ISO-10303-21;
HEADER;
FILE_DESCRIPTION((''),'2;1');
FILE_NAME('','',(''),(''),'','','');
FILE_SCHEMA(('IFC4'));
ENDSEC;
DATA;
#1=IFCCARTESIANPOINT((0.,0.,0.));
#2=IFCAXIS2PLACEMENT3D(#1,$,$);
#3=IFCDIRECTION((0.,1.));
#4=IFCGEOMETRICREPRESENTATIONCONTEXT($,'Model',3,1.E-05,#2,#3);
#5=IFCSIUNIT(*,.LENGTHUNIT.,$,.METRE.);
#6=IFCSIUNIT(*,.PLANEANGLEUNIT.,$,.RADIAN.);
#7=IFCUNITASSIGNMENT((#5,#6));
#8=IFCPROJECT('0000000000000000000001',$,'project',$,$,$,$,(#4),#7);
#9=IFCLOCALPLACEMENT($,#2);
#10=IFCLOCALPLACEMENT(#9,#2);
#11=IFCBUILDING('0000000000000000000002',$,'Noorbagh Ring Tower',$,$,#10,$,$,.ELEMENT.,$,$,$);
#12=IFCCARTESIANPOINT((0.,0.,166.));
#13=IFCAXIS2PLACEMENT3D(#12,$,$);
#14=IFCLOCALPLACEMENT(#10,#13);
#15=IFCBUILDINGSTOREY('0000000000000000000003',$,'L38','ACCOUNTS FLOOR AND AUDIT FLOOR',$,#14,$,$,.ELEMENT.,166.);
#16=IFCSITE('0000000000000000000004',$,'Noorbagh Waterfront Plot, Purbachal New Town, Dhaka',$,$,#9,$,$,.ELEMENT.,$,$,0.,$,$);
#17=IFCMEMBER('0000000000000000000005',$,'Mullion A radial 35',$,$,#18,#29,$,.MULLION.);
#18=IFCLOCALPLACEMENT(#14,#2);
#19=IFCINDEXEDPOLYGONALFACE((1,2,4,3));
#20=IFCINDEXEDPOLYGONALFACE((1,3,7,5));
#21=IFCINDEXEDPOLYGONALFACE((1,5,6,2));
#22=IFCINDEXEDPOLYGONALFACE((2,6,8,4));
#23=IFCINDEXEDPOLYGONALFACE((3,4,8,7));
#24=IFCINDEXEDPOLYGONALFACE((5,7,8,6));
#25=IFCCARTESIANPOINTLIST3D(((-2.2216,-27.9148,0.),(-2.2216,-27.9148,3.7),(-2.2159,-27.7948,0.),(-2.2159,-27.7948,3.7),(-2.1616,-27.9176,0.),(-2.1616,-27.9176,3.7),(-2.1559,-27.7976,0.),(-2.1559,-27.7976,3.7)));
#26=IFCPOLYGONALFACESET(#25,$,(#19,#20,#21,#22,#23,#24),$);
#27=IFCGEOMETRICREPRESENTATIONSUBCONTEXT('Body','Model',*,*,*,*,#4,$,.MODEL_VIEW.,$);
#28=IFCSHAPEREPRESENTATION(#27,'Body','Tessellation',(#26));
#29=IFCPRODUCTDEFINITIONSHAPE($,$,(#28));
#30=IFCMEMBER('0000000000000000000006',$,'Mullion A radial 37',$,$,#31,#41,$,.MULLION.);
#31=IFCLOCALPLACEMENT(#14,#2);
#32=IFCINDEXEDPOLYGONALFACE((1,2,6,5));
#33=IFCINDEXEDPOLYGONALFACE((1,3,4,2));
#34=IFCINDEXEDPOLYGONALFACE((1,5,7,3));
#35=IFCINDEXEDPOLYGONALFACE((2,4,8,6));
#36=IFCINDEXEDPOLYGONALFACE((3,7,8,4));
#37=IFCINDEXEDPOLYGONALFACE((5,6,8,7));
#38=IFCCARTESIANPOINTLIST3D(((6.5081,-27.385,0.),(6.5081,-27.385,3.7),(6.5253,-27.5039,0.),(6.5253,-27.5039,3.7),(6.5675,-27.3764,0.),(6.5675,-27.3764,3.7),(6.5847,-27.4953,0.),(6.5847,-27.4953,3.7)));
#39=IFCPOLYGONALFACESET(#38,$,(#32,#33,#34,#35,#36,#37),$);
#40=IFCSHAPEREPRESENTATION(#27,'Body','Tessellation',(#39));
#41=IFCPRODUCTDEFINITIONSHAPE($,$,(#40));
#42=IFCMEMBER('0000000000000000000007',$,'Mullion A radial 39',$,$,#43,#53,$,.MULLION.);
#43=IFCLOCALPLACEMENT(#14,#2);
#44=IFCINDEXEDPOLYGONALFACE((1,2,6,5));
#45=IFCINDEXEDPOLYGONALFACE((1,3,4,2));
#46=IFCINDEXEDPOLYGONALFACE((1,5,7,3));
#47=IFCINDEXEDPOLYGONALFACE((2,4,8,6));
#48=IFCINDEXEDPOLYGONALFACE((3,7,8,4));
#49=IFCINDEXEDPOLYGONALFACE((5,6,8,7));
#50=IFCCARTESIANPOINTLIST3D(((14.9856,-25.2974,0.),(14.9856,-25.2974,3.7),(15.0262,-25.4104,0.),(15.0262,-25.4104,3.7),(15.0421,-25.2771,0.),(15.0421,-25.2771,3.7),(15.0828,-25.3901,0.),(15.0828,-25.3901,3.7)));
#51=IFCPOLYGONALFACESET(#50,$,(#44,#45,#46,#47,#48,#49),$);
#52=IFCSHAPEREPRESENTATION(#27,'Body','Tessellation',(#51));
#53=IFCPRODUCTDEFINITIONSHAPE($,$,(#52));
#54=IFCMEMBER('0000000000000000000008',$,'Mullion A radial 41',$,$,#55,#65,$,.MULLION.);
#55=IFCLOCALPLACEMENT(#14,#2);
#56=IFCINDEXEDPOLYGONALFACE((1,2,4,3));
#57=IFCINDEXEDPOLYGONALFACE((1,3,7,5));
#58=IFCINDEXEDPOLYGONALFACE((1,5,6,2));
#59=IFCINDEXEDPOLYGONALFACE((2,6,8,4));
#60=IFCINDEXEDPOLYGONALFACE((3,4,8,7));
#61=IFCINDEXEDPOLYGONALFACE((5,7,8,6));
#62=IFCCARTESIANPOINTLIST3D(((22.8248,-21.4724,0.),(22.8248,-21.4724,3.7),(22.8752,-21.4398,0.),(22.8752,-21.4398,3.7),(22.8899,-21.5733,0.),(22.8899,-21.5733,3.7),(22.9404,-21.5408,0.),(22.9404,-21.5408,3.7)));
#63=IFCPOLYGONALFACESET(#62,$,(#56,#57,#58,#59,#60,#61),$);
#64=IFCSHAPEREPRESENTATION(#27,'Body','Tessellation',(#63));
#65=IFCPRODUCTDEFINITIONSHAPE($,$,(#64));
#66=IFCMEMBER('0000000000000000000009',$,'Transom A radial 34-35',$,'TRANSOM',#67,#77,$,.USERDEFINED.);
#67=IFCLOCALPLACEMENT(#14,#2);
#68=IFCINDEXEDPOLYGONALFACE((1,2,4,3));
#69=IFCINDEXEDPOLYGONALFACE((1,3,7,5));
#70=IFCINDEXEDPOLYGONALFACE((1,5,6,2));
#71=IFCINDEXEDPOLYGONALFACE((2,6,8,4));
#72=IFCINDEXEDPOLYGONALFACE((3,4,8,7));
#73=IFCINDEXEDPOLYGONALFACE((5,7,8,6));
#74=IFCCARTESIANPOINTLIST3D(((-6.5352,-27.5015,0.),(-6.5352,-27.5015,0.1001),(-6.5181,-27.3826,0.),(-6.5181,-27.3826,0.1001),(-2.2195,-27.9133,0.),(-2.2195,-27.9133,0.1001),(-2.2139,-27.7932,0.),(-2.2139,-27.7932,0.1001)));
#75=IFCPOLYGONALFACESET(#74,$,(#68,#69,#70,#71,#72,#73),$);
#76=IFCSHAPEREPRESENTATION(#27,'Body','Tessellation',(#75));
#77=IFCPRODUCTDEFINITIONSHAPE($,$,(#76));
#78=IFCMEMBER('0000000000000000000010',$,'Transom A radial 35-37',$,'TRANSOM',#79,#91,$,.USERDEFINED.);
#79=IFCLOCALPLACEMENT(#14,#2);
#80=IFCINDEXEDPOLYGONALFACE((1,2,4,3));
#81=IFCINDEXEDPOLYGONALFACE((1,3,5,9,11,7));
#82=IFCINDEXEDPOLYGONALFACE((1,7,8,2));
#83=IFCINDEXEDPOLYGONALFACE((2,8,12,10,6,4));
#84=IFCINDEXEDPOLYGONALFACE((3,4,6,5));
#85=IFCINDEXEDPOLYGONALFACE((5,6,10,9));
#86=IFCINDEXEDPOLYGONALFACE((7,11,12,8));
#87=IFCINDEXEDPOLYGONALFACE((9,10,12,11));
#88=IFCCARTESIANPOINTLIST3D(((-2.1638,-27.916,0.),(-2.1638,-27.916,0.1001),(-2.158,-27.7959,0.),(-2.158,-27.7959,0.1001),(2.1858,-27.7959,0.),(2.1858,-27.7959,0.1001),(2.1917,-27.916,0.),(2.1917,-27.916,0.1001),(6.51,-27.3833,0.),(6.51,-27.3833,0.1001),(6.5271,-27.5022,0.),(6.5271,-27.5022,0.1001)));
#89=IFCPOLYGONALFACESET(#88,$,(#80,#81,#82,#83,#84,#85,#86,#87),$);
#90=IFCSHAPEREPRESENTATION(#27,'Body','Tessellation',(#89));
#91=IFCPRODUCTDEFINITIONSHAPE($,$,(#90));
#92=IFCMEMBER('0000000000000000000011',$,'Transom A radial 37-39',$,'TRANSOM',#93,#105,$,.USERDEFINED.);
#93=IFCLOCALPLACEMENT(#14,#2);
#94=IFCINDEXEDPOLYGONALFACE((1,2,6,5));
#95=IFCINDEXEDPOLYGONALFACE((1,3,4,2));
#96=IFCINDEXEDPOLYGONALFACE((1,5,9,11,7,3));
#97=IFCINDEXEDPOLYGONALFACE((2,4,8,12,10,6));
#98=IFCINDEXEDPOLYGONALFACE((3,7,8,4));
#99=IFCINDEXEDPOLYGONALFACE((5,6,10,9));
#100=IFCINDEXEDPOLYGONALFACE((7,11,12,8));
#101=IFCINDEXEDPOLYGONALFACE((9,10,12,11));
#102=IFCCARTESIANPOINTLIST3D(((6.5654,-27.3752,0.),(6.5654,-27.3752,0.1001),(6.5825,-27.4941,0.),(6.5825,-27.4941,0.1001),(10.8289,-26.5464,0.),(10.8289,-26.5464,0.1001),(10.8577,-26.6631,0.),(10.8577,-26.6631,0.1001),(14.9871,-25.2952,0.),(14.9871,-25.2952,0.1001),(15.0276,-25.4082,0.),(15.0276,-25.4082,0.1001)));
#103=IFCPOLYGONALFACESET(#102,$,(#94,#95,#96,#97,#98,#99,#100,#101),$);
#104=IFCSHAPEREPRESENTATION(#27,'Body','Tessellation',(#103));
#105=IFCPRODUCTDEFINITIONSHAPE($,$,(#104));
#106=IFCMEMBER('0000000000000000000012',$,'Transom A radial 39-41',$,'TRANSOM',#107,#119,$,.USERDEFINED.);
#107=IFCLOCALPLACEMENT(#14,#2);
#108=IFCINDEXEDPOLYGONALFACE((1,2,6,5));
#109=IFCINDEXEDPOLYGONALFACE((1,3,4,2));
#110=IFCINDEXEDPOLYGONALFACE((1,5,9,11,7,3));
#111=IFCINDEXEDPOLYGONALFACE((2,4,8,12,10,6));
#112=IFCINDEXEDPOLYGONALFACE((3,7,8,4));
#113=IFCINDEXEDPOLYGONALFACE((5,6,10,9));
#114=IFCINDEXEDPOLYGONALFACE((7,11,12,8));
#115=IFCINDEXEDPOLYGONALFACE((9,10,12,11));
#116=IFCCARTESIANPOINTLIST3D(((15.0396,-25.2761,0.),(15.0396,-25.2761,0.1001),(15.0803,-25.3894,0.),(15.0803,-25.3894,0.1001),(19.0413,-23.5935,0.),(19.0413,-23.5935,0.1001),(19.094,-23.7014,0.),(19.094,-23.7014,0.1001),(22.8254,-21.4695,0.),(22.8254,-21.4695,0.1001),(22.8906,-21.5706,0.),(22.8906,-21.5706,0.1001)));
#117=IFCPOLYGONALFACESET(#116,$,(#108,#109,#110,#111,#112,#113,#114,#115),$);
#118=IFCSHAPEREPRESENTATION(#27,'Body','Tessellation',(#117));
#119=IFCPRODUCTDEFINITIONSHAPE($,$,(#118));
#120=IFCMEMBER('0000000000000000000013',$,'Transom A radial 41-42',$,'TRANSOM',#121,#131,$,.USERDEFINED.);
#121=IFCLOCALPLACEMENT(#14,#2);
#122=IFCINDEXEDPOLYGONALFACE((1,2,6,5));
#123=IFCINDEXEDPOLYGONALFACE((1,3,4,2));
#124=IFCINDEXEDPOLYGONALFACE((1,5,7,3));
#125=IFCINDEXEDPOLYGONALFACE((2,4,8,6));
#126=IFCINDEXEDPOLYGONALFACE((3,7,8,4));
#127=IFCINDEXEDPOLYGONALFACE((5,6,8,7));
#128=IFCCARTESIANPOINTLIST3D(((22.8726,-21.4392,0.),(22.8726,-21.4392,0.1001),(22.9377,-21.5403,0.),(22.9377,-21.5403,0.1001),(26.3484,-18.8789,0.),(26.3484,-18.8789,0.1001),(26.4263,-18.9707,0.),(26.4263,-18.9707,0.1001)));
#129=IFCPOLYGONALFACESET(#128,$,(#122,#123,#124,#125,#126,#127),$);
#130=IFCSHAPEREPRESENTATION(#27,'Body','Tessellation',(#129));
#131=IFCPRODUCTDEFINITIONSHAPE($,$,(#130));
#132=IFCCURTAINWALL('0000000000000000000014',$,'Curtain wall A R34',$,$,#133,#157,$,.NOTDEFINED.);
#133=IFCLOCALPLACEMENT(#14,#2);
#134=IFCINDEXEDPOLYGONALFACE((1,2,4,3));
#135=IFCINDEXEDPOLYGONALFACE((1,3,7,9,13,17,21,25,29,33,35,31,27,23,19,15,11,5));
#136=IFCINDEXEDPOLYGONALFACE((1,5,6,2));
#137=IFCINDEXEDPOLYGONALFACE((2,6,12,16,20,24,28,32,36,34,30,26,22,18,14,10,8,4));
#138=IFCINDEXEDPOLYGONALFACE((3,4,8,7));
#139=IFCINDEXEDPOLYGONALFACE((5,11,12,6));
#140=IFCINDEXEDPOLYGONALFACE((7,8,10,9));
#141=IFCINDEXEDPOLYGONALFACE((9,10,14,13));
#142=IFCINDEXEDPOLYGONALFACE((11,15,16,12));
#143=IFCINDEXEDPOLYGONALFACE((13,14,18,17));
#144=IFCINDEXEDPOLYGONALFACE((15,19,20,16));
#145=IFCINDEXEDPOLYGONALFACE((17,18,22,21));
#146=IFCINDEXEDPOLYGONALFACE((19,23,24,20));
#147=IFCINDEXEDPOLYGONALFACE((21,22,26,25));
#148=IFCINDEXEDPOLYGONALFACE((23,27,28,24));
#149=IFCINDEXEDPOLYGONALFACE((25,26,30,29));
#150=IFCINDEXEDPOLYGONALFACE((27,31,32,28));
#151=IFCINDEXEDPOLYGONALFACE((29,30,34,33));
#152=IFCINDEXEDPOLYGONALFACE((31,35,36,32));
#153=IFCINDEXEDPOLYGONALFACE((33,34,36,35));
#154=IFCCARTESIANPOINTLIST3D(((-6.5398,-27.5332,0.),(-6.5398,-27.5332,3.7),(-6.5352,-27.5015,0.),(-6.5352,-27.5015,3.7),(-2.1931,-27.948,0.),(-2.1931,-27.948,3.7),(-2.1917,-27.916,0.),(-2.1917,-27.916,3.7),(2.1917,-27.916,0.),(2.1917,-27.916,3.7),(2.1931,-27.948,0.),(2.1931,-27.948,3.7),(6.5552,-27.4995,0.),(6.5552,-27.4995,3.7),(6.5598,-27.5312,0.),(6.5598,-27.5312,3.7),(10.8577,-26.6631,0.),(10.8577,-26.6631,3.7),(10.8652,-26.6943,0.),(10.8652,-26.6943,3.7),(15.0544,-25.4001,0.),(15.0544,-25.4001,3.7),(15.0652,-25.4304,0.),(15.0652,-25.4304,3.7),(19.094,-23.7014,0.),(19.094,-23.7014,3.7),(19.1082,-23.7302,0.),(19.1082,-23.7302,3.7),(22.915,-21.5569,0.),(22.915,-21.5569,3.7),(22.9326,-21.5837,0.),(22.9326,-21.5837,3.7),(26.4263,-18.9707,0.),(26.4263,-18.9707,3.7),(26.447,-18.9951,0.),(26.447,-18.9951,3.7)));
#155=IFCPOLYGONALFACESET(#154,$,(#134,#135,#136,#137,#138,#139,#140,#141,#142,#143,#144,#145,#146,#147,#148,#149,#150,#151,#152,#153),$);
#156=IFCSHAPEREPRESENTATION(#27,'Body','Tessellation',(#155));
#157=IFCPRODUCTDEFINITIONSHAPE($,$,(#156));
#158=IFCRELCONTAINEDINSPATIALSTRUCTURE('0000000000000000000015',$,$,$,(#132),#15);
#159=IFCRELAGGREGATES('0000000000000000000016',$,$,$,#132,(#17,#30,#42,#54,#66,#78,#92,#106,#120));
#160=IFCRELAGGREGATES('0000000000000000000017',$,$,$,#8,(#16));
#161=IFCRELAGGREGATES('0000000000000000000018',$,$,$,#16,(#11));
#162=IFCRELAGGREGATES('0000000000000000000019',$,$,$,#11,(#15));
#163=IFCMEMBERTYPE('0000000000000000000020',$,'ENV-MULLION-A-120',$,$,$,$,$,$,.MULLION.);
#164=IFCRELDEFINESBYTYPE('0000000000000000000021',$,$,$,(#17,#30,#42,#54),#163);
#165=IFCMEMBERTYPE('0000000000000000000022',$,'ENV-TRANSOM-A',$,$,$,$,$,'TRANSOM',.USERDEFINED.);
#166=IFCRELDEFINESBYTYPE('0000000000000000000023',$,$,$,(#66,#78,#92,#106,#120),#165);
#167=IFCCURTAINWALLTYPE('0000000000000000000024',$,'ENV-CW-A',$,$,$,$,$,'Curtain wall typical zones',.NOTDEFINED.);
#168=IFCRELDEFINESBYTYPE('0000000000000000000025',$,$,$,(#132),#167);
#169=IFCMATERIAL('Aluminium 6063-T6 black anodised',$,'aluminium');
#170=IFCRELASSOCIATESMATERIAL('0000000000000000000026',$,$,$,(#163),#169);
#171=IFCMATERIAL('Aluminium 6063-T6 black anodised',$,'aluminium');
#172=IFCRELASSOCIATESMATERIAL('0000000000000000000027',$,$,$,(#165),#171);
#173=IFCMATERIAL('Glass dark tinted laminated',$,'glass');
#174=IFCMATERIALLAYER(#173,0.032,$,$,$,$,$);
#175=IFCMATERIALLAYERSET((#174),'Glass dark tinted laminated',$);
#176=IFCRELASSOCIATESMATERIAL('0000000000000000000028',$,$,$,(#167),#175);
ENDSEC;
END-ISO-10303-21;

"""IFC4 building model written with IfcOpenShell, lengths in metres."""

from ifc_helpers import new_model, si_unit, direction, frame, origin, origin_2d, place, context, subcontext, project, spatial, polyline, rectangle, outline, extrude, material, layer, layer_set, material_profile, profile_set, type_object, element, aggregate, save


model = new_model("IFC4")

# Units and contexts
model_context = context("Model", 3, precision=1e-05, world=origin(), true_north=direction((0.0, 1.0)))
body_context = subcontext(model_context, "Body", "Model", "MODEL_VIEW")
ifc_project = project(units=[si_unit("LENGTHUNIT", "METRE"), si_unit("PLANEANGLEUNIT", "RADIAN")], contexts=[model_context])

# Members
ifc_material_1 = material(Name="Aluminium 6063-T6 black anodised", Category="aluminium")
ifc_material_profile = material_profile(ifc_material_1, rectangle(XDim=0.1201, YDim=0.0601, at=origin_2d()), Name="120x60")
ifc_profile_set = profile_set([ifc_material_profile], Name="Aluminium 6063-T6 black anodised")
member_type_1 = type_object("IfcMemberType", Name="ENV-MULLION-A-120", PredefinedType="MULLION", material=ifc_profile_set)
site_placement = place(None, origin())
building_placement = place(site_placement, origin())
storey_placement = place(building_placement, frame((0.0, 0.0, 166.0)))
member_1_placement = place(storey_placement, frame((-2.1887, -27.8562, 0.0), z_axis=(0.0, 0.0, 1.0), x_axis=(0.047558, 0.998868, 0.0)))
member_1 = element("IfcMember", 1, at=member_1_placement, type_object=member_type_1, Name="Mullion A radial 35", PredefinedType="MULLION", context=body_context, shape_type="SweptSolid", body=[
    extrude(rectangle(XDim=0.1201, YDim=0.0601, at=origin_2d()), origin(), (0.0, 0.0, 1.0), 3.7),
])
member_2_placement = place(storey_placement, frame((6.5464, -27.4402, 0.0), z_axis=(0.0, 0.0, 1.0), x_axis=(-0.143082, 0.989711, 0.0)))
member_2 = element("IfcMember", 2, at=member_2_placement, type_object=member_type_1, Name="Mullion A radial 37", PredefinedType="MULLION", context=body_context, shape_type="SweptSolid", body=[
    extrude(rectangle(XDim=0.1201, YDim=0.0601, at=origin_2d()), origin(), (0.0, 0.0, 1.0), 3.7),
])
member_3_placement = place(storey_placement, frame((15.0342, -25.3438, 0.0), z_axis=(0.0, 0.0, 1.0), x_axis=(-0.338379, 0.94101, 0.0)))
member_3 = element("IfcMember", 3, at=member_3_placement, type_object=member_type_1, Name="Mullion A radial 39", PredefinedType="MULLION", context=body_context, shape_type="SweptSolid", body=[
    extrude(rectangle(XDim=0.1201, YDim=0.0601, at=origin_2d()), origin(), (0.0, 0.0, 1.0), 3.7),
])
member_4_placement = place(storey_placement, frame((22.8826, -21.5066, 0.0), z_axis=(0.0, 0.0, 1.0), x_axis=(-0.542279, 0.840198, 0.0)))
member_4 = element("IfcMember", 4, at=member_4_placement, type_object=member_type_1, Name="Mullion A radial 41", PredefinedType="MULLION", context=body_context, shape_type="SweptSolid", body=[
    extrude(rectangle(XDim=0.1201, YDim=0.0601, at=origin_2d()), origin(), (0.0, 0.0, 1.0), 3.7),
])
ifc_material_2 = material(Name="Aluminium 6063-T6 black anodised", Category="aluminium")
member_type_2 = type_object("IfcMemberType", Name="ENV-TRANSOM-A", ElementType="TRANSOM", PredefinedType="USERDEFINED", material=ifc_material_2)
member_5_placement = place(storey_placement, origin())
member_5 = element("IfcMember", 5, at=member_5_placement, type_object=member_type_2, Name="Transom A radial 34-35", ObjectType="TRANSOM", PredefinedType="USERDEFINED", context=body_context, shape_type="SweptSolid", body=[
    extrude(outline(polyline([(-6.5352, -27.5015), (-2.2195, -27.9133), (-2.2139, -27.7932), (-6.5181, -27.3826), (-6.5352, -27.5015)])), origin(), (0.0, 0.0, 1.0), 0.1001),
])
member_6_placement = place(storey_placement, origin())
member_6 = element("IfcMember", 6, at=member_6_placement, type_object=member_type_2, Name="Transom A radial 35-37", ObjectType="TRANSOM", PredefinedType="USERDEFINED", context=body_context, shape_type="SweptSolid", body=[
    extrude(outline(polyline([(-2.1638, -27.916), (2.1917, -27.916), (6.5271, -27.5022), (6.51, -27.3833), (2.1858, -27.7959), (-2.158, -27.7959), (-2.1638, -27.916)])), origin(), (0.0, 0.0, 1.0), 0.1001),
])
member_7_placement = place(storey_placement, origin())
member_7 = element("IfcMember", 7, at=member_7_placement, type_object=member_type_2, Name="Transom A radial 37-39", ObjectType="TRANSOM", PredefinedType="USERDEFINED", context=body_context, shape_type="SweptSolid", body=[
    extrude(outline(polyline([(6.5825, -27.4941), (10.8577, -26.6631), (15.0276, -25.4082), (14.9871, -25.2952), (10.8289, -26.5464), (6.5654, -27.3752), (6.5825, -27.4941)])), origin(), (0.0, 0.0, 1.0), 0.1001),
])
member_8_placement = place(storey_placement, origin())
member_8 = element("IfcMember", 8, at=member_8_placement, type_object=member_type_2, Name="Transom A radial 39-41", ObjectType="TRANSOM", PredefinedType="USERDEFINED", context=body_context, shape_type="SweptSolid", body=[
    extrude(outline(polyline([(15.0803, -25.3894), (19.094, -23.7014), (22.8906, -21.5706), (22.8254, -21.4695), (19.0413, -23.5935), (15.0396, -25.2761), (15.0803, -25.3894)])), origin(), (0.0, 0.0, 1.0), 0.1001),
])
member_9_placement = place(storey_placement, origin())
member_9 = element("IfcMember", 9, at=member_9_placement, type_object=member_type_2, Name="Transom A radial 41-42", ObjectType="TRANSOM", PredefinedType="USERDEFINED", context=body_context, shape_type="SweptSolid", body=[
    extrude(outline(polyline([(22.9377, -21.5403), (26.4263, -18.9707), (26.3484, -18.8789), (22.8726, -21.4392), (22.9377, -21.5403)])), origin(), (0.0, 0.0, 1.0), 0.1001),
])

# Site, building, storey
site = spatial("IfcSite", under=ifc_project, at=site_placement, Name="Noorbagh Waterfront Plot, Purbachal New Town, Dhaka", CompositionType="ELEMENT", RefElevation=0.0)
building = spatial("IfcBuilding", under=site, at=building_placement, Name="Noorbagh Ring Tower", CompositionType="ELEMENT")
storey = spatial("IfcBuildingStorey", under=building, at=storey_placement, Name="L38", Description="ACCOUNTS FLOOR AND AUDIT FLOOR", CompositionType="ELEMENT", Elevation=166.0)

# Curtain wall
ifc_material_3 = material(Name="Glass dark tinted laminated", Category="glass")
ifc_layer = layer(ifc_material_3, 0.032)
ifc_layer_set = layer_set([ifc_layer], Name="Glass dark tinted laminated")
curtain_wall_type = type_object("IfcCurtainWallType", Name="ENV-CW-A", ElementType="Curtain wall typical zones", PredefinedType="NOTDEFINED", material=ifc_layer_set)
curtain_wall_1_placement = place(storey_placement, origin())
curtain_wall_1 = element("IfcCurtainWall", 10, at=curtain_wall_1_placement, inside=storey, type_object=curtain_wall_type, Name="Curtain wall A R34", PredefinedType="NOTDEFINED", context=body_context, shape_type="SweptSolid", body=[
    extrude(outline(polyline([(-6.5398, -27.5332), (-2.1931, -27.948), (2.1931, -27.948), (6.5598, -27.5312), (10.8652, -26.6943), (15.0652, -25.4304), (19.1082, -23.7302), (22.9326, -21.5837), (26.447, -18.9951), (26.4263, -18.9707), (22.915, -21.5569), (19.094, -23.7014), (15.0544, -25.4001), (10.8577, -26.6631), (6.5552, -27.4995), (2.1917, -27.916), (-2.1917, -27.916), (-6.5352, -27.5015), (-6.5398, -27.5332)])), origin(), (0.0, 0.0, 1.0), 3.7),
])
aggregate(curtain_wall_1, [member_1, member_2, member_3, member_4, member_5, member_6, member_7, member_8, member_9])

save(model, "model.ifc")
